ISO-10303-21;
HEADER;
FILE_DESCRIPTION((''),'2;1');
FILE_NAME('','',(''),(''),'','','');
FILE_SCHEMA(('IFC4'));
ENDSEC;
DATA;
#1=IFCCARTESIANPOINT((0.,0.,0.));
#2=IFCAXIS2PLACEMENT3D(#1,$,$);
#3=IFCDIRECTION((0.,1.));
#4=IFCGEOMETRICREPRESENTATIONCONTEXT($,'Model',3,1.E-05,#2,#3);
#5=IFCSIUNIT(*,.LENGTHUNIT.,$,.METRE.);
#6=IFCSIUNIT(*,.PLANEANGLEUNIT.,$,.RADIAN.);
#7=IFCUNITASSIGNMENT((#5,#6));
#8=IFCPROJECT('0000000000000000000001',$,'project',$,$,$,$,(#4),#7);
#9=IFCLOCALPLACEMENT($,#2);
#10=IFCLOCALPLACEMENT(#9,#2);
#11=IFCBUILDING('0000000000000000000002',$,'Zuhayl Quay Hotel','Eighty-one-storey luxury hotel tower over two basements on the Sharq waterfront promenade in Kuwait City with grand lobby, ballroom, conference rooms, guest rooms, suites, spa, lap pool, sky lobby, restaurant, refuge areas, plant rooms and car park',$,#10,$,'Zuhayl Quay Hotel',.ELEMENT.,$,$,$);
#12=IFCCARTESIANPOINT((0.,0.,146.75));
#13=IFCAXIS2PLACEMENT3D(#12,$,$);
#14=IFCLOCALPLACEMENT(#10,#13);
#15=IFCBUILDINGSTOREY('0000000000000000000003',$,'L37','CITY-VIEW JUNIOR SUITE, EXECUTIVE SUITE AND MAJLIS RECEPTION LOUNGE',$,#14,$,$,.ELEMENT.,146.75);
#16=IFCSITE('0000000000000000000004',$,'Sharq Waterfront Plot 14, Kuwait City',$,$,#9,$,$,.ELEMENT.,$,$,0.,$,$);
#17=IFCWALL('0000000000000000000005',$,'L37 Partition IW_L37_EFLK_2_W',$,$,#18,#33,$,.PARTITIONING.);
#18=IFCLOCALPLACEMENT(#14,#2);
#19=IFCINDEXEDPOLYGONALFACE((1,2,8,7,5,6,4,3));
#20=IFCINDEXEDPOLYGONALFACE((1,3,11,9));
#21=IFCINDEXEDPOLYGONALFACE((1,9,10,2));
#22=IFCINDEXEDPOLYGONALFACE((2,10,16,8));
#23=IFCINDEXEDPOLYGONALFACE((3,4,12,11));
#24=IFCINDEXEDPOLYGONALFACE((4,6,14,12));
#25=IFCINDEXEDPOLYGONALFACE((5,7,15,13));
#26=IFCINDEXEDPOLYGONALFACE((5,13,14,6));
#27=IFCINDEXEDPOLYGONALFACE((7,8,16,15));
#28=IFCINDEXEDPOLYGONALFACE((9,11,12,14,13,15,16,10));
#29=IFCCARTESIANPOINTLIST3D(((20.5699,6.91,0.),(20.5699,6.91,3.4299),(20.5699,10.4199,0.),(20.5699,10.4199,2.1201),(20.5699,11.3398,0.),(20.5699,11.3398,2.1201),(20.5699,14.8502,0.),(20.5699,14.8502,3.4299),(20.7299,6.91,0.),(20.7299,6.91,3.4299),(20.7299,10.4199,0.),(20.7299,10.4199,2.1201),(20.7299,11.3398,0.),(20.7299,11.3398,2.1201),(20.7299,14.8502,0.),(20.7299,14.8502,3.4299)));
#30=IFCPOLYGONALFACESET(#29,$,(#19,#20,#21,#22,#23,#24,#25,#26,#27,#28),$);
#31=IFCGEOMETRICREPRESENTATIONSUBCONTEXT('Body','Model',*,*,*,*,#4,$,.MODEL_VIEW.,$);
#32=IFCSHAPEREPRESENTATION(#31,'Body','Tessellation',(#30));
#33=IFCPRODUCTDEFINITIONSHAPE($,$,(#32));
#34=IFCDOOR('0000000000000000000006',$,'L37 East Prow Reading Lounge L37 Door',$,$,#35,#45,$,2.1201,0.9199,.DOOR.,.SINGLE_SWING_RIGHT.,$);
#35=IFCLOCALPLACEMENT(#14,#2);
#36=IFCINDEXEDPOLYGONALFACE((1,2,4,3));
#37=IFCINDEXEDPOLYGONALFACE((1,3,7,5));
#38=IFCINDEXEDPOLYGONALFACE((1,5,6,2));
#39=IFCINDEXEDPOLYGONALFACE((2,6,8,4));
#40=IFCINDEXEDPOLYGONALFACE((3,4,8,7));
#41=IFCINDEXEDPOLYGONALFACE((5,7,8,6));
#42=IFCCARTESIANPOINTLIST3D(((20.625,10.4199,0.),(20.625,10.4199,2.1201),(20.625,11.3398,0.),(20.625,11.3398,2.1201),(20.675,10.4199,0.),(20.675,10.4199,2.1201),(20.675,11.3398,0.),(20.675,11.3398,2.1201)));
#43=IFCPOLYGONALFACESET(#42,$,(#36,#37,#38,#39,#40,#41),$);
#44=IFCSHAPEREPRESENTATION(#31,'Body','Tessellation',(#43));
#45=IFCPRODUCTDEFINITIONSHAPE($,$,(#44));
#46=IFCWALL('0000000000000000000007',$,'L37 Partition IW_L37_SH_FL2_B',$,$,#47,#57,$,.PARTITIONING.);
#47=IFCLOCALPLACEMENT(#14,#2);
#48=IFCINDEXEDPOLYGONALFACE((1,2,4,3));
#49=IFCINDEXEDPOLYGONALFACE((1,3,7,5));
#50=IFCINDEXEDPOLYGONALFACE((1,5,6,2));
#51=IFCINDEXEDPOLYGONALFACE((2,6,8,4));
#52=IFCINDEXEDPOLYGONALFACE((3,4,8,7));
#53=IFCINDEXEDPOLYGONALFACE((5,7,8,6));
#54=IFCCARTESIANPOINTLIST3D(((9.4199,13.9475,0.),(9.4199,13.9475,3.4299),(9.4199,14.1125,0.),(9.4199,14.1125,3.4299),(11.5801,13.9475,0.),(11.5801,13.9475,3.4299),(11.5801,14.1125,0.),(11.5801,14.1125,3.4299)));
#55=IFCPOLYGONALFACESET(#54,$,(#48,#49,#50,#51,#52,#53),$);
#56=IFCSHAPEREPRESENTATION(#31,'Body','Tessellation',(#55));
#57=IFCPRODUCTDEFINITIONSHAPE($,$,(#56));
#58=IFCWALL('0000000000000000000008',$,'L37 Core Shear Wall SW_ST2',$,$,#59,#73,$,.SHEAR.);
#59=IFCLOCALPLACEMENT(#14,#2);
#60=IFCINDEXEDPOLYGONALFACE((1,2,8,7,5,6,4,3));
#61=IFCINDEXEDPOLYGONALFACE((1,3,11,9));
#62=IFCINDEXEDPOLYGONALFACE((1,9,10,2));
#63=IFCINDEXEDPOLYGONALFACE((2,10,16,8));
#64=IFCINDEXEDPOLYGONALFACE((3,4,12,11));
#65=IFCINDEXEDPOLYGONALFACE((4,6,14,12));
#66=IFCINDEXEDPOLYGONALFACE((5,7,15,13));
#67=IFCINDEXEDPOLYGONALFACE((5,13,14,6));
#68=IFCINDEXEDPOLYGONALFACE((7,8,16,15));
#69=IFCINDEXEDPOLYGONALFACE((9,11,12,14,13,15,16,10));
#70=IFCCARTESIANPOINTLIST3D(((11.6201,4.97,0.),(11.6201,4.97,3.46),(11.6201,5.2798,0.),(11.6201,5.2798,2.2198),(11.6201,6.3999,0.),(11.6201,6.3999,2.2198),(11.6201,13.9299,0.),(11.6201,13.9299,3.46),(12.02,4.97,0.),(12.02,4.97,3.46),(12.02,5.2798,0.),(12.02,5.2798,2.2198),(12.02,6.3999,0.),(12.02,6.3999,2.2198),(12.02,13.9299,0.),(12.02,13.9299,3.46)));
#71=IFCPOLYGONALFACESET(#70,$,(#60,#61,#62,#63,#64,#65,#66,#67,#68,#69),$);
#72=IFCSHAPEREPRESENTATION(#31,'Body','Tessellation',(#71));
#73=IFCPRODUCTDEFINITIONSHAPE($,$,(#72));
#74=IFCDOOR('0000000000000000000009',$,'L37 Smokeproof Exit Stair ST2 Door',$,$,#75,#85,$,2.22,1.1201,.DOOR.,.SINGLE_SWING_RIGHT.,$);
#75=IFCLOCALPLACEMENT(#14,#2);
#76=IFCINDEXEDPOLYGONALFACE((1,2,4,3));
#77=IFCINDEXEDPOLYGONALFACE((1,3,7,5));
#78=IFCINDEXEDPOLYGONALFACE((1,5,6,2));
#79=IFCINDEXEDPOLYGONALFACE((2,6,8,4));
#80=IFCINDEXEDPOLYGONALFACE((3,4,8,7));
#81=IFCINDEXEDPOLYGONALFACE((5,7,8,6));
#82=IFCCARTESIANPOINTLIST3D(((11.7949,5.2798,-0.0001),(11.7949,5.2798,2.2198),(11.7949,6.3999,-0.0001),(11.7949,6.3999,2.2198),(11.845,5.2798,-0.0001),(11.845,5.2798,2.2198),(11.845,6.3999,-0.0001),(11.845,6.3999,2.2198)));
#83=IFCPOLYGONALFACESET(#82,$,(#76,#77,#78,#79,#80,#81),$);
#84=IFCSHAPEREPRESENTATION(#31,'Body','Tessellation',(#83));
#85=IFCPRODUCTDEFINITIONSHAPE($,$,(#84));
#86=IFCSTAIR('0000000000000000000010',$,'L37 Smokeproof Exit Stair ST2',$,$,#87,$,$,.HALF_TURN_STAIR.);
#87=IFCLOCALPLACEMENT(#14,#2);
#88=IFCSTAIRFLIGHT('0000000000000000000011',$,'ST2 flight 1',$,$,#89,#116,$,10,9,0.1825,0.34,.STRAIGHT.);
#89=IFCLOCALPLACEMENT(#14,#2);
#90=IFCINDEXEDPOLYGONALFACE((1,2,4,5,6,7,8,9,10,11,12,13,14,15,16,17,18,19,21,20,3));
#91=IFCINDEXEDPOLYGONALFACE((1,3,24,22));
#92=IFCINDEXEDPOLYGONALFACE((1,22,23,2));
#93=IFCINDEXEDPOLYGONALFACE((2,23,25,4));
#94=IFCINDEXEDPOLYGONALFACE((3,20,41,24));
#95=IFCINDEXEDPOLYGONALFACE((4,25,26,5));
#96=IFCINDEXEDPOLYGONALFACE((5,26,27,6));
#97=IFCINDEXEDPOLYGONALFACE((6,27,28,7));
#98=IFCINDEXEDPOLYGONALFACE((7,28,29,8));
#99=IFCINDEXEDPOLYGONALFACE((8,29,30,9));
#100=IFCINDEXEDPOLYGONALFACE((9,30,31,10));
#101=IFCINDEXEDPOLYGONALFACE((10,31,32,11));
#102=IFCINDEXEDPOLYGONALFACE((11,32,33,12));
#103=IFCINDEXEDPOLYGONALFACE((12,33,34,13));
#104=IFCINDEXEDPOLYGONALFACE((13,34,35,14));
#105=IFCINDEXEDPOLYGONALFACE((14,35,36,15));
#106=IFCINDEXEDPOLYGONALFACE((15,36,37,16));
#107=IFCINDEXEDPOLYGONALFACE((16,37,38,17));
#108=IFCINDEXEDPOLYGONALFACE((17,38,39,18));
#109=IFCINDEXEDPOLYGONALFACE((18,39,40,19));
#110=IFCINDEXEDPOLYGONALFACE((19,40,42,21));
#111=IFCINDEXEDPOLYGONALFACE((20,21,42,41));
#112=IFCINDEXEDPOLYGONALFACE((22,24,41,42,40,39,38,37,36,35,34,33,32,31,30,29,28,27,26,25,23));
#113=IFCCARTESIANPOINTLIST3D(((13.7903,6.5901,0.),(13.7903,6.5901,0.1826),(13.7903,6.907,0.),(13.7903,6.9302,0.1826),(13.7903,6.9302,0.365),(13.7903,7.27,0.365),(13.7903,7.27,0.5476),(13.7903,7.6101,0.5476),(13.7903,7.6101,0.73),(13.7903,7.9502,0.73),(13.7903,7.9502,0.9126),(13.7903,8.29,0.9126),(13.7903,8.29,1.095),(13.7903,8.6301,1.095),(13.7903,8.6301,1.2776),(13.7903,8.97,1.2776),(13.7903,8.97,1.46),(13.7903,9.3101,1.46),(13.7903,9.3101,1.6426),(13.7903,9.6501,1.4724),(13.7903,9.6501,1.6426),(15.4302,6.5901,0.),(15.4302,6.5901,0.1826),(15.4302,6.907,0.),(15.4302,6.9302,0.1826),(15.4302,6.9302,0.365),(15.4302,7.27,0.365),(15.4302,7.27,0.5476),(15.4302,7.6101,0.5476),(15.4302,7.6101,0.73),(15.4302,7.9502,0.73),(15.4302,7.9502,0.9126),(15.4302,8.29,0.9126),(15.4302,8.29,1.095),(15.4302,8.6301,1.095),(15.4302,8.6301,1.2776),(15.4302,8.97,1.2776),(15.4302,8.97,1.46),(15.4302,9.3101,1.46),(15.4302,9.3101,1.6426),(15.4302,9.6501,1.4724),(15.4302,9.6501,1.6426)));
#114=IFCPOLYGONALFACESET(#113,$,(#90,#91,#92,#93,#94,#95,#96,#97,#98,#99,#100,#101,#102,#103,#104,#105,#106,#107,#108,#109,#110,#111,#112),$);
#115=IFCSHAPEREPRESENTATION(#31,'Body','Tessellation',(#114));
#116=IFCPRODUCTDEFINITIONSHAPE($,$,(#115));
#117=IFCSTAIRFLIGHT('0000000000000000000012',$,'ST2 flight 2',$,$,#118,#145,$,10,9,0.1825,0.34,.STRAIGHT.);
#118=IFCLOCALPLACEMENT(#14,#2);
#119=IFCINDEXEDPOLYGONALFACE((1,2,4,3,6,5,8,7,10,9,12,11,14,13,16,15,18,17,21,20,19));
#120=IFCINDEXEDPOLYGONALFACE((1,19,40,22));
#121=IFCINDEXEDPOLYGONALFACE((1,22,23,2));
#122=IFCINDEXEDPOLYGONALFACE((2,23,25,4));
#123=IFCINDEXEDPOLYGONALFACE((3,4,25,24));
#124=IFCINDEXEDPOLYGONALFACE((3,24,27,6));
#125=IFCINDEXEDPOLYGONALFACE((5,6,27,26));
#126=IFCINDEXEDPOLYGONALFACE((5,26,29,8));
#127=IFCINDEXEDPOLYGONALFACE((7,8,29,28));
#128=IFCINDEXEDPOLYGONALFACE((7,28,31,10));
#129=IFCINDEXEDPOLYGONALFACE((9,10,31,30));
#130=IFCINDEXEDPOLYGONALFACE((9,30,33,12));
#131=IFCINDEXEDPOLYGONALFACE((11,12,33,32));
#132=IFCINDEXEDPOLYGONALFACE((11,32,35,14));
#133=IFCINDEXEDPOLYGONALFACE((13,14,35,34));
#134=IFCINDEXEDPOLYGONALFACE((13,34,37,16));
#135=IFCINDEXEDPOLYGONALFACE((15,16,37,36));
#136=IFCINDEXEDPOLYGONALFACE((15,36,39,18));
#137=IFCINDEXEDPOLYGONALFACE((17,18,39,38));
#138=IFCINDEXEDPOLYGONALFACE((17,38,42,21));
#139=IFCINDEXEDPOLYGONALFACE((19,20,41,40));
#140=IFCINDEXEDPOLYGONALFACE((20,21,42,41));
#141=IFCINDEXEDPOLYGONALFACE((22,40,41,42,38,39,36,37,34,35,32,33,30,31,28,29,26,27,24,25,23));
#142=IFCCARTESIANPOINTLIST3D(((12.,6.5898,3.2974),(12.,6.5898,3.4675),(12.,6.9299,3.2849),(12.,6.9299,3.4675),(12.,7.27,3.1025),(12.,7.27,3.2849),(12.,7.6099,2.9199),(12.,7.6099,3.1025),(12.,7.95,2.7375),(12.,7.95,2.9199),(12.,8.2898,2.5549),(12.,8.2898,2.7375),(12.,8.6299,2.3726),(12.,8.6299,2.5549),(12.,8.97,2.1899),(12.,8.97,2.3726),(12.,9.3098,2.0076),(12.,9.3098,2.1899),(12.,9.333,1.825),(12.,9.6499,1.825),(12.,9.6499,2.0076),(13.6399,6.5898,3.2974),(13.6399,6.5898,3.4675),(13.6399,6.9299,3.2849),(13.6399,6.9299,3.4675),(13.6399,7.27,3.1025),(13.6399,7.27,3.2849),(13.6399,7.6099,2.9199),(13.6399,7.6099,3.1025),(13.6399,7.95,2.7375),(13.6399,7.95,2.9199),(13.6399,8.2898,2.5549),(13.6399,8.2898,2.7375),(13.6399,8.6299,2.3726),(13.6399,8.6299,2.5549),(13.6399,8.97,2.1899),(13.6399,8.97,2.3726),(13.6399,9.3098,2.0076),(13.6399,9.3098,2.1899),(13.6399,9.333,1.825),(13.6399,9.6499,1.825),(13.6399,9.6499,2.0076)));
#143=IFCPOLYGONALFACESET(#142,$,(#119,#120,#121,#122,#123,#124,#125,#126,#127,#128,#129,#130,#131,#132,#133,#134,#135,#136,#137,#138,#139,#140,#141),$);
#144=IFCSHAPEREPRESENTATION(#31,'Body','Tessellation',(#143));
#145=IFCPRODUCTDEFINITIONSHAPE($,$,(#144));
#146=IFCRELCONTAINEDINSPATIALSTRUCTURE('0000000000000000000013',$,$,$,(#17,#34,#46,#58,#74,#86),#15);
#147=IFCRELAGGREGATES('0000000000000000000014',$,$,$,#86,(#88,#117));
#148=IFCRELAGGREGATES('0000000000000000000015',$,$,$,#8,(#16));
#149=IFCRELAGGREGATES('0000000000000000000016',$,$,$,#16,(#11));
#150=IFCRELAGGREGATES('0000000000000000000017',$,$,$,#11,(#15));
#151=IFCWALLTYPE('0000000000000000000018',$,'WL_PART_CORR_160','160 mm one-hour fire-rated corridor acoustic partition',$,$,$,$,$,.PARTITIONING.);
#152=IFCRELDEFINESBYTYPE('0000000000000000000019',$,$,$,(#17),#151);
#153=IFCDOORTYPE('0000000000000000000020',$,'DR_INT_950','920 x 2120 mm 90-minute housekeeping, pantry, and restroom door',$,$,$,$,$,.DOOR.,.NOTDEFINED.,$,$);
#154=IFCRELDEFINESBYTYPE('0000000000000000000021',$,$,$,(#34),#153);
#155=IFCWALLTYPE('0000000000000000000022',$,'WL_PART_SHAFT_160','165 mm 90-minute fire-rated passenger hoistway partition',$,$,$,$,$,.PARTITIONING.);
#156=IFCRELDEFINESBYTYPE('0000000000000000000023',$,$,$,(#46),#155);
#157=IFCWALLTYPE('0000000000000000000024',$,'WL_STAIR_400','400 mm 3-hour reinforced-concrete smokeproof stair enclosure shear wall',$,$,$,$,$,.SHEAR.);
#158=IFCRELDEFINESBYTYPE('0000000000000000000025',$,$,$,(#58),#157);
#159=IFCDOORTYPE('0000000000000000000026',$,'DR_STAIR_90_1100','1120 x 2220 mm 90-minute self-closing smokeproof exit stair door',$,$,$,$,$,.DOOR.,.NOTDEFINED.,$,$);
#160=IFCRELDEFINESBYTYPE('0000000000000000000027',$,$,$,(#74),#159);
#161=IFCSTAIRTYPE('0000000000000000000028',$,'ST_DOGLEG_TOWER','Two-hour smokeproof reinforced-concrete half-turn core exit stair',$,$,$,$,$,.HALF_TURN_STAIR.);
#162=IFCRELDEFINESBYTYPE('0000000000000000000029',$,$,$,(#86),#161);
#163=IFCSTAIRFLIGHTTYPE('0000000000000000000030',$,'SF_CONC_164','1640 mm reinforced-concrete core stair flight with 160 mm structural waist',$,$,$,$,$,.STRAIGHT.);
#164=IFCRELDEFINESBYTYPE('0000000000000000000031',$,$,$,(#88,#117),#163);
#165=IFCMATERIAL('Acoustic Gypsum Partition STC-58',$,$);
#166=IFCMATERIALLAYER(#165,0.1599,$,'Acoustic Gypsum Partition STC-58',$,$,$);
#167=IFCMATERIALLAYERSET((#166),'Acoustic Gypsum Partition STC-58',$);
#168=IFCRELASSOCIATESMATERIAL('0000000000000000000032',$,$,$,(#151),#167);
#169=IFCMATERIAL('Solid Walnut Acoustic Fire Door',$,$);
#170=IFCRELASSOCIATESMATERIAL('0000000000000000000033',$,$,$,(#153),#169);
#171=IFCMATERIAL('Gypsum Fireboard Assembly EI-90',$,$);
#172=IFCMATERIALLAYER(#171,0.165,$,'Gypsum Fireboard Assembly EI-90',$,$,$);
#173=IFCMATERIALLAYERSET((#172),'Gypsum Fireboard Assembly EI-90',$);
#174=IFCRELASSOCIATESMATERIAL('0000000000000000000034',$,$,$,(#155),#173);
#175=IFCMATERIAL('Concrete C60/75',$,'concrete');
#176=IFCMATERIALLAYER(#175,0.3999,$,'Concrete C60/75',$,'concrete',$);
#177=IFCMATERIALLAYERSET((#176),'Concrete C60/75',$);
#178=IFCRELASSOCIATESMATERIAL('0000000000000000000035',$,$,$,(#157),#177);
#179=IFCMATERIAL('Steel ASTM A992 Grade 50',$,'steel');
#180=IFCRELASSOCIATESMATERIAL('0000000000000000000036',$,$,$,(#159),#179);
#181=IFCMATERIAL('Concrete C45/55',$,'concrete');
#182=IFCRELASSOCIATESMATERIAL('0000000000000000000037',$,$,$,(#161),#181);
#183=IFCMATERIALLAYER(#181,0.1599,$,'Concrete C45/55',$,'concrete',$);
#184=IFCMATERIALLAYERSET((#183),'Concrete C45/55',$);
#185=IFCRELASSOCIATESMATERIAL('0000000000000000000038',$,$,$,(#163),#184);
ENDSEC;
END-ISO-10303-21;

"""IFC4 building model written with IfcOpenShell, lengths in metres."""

from ifc_helpers import new_model, si_unit, direction, frame, frame_2d, origin, place, context, subcontext, project, spatial, polyline, rectangle, outline, extrude, material, layer, layer_set, type_object, element, fill, aggregate, save


model = new_model("IFC4")

# Units and contexts
model_context = context("Model", 3, precision=1e-05, world=origin(), true_north=direction((0.0, 1.0)))
body_context = subcontext(model_context, "Body", "Model", "MODEL_VIEW")
ifc_project = project(units=[si_unit("LENGTHUNIT", "METRE"), si_unit("PLANEANGLEUNIT", "RADIAN")], contexts=[model_context])

# Site, building, storey
site_placement = place(None, origin())
site = spatial("IfcSite", under=ifc_project, at=site_placement, Name="Sharq Waterfront Plot 14, Kuwait City", CompositionType="ELEMENT", RefElevation=0.0)
building_placement = place(site_placement, origin())
building = spatial("IfcBuilding", under=site, at=building_placement, Name="Zuhayl Quay Hotel", Description="Eighty-one-storey luxury hotel tower over two basements on the Sharq waterfront promenade in Kuwait City with grand lobby, ballroom, conference rooms, guest rooms, suites, spa, lap pool, sky lobby, restaurant, refuge areas, plant rooms and car park", LongName="Zuhayl Quay Hotel", CompositionType="ELEMENT")
storey_placement = place(building_placement, frame((0.0, 0.0, 146.75)))
storey = spatial("IfcBuildingStorey", under=building, at=storey_placement, Name="L37", Description="CITY-VIEW JUNIOR SUITE, EXECUTIVE SUITE AND MAJLIS RECEPTION LOUNGE", CompositionType="ELEMENT", Elevation=146.75)

# Shared definitions
ifc_material_1 = material(Name="Steel ASTM A992 Grade 50", Category="steel")

# Shared definitions
ifc_material_2 = material(Name="Concrete C60/75", Category="concrete")

# Shared definitions
ifc_material_3 = material(Name="Acoustic Gypsum Partition STC-58")

# Wall, opening, door
ifc_layer_1 = layer(ifc_material_3, 0.1599, Name="Acoustic Gypsum Partition STC-58")
ifc_layer_set_1 = layer_set([ifc_layer_1], Name="Acoustic Gypsum Partition STC-58")
wall_type_1 = type_object("IfcWallType", Name="WL_PART_CORR_160", Description="160 mm one-hour fire-rated corridor acoustic partition", PredefinedType="PARTITIONING", material=ifc_layer_set_1)
wall_1_placement = place(storey_placement, frame((20.6499, 6.9099, 0.0), z_axis=(0.0, 0.0, 1.0), x_axis=(0.0, 1.0, 0.0)))
wall_1 = element("IfcWall", 1, at=wall_1_placement, inside=storey, type_object=wall_type_1, Name="L37 Partition IW_L37_EFLK_2_W", PredefinedType="PARTITIONING", context=body_context, shape_type="SweptSolid", body=[
    extrude(rectangle(XDim=7.9402, YDim=0.1599, at=frame_2d((3.9702, 0.0))), origin(), (0.0, 0.0, 1.0), 3.4299),
])
opening_1_placement = place(wall_1_placement, frame((3.51, 0.0, 0.0)))
opening_1 = element("IfcOpeningElement", 2, at=opening_1_placement, cuts=wall_1, PredefinedType="OPENING", context=body_context, shape_type="SweptSolid", body=[
    extrude(rectangle(XDim=0.9199, YDim=2.1201, at=frame_2d((0.46, 1.0601))), frame((0.0, 0.0898, 0.0), z_axis=(0.0, -1.0, 0.0), x_axis=(1.0, 0.0, 0.0)), (0.0, 0.0, 1.0), 0.1799),
])
ifc_material_4 = material(Name="Solid Walnut Acoustic Fire Door")
door_type_1 = type_object("IfcDoorType", Name="DR_INT_950", Description="920 x 2120 mm 90-minute housekeeping, pantry, and restroom door", OperationType="NOTDEFINED", PredefinedType="DOOR", material=ifc_material_4)
door_1_placement = place(opening_1_placement, origin())
door_1 = element("IfcDoor", 3, at=door_1_placement, inside=storey, type_object=door_type_1, Name="L37 East Prow Reading Lounge L37 Door", OperationType="SINGLE_SWING_RIGHT", OverallHeight=2.1201, OverallWidth=0.9199, PredefinedType="DOOR", context=body_context, shape_type="SweptSolid", body=[
    extrude(rectangle(XDim=0.9199, YDim=2.1201, at=frame_2d((0.46, 1.0601))), frame((0.0, 0.0249, 0.0), z_axis=(0.0, -1.0, 0.0), x_axis=(1.0, 0.0, 0.0)), (0.0, 0.0, 1.0), 0.05),
])
fill(opening_1, door_1)

# Wall
ifc_material_5 = material(Name="Gypsum Fireboard Assembly EI-90")
ifc_layer_2 = layer(ifc_material_5, 0.165, Name="Gypsum Fireboard Assembly EI-90")
ifc_layer_set_2 = layer_set([ifc_layer_2], Name="Gypsum Fireboard Assembly EI-90")
wall_type_2 = type_object("IfcWallType", Name="WL_PART_SHAFT_160", Description="165 mm 90-minute fire-rated passenger hoistway partition", PredefinedType="PARTITIONING", material=ifc_layer_set_2)
wall_2_placement = place(storey_placement, frame((9.4199, 14.03, 0.0), z_axis=(0.0, 0.0, 1.0), x_axis=(1.0, 0.0, 0.0)))
element("IfcWall", 4, at=wall_2_placement, inside=storey, type_object=wall_type_2, Name="L37 Partition IW_L37_SH_FL2_B", PredefinedType="PARTITIONING", context=body_context, shape_type="SweptSolid", body=[
    extrude(rectangle(XDim=2.1602, YDim=0.165, at=frame_2d((1.0801, 0.0))), origin(), (0.0, 0.0, 1.0), 3.4299),
])

# Wall, opening, door
ifc_layer_3 = layer(ifc_material_2, 0.3999, Name="Concrete C60/75", Category="concrete")
ifc_layer_set_3 = layer_set([ifc_layer_3], Name="Concrete C60/75")
wall_type_3 = type_object("IfcWallType", Name="WL_STAIR_400", Description="400 mm 3-hour reinforced-concrete smokeproof stair enclosure shear wall", PredefinedType="SHEAR", material=ifc_layer_set_3)
wall_3_placement = place(storey_placement, frame((11.8201, 13.9299, 0.0), z_axis=(0.0, 0.0, 1.0), x_axis=(0.0, -1.0, 0.0)))
wall_3 = element("IfcWall", 5, at=wall_3_placement, inside=storey, type_object=wall_type_3, Name="L37 Core Shear Wall SW_ST2", PredefinedType="SHEAR", context=body_context, shape_type="SweptSolid", body=[
    extrude(rectangle(XDim=8.96, YDim=0.3999, at=frame_2d((4.48, 0.0))), origin(), (0.0, 0.0, 1.0), 3.46),
])
opening_2_placement = place(wall_3_placement, frame((7.53, 0.0, 0.0)))
opening_2 = element("IfcOpeningElement", 6, at=opening_2_placement, cuts=wall_3, PredefinedType="OPENING", context=body_context, shape_type="SweptSolid", body=[
    extrude(rectangle(XDim=1.1201, YDim=2.22, at=frame_2d((0.5601, 1.1099))), frame((0.0, 0.21, 0.0), z_axis=(0.0, -1.0, 0.0), x_axis=(1.0, 0.0, 0.0)), (0.0, 0.0, 1.0), 0.4199),
])
door_type_2 = type_object("IfcDoorType", Name="DR_STAIR_90_1100", Description="1120 x 2220 mm 90-minute self-closing smokeproof exit stair door", OperationType="NOTDEFINED", PredefinedType="DOOR", material=ifc_material_1)
door_2_placement = place(opening_2_placement, origin())
door_2 = element("IfcDoor", 7, at=door_2_placement, inside=storey, type_object=door_type_2, Name="L37 Smokeproof Exit Stair ST2 Door", OperationType="SINGLE_SWING_RIGHT", OverallHeight=2.22, OverallWidth=1.1201, PredefinedType="DOOR", context=body_context, shape_type="SweptSolid", body=[
    extrude(rectangle(XDim=1.1201, YDim=2.22, at=frame_2d((0.5601, 1.1099))), frame((0.0, 0.0249, 0.0), z_axis=(0.0, -1.0, 0.0), x_axis=(1.0, 0.0, 0.0)), (0.0, 0.0, 1.0), 0.05),
])
fill(opening_2, door_2)

# Stair, stair flights
ifc_material_6 = material(Name="Concrete C45/55", Category="concrete")
stair_type = type_object("IfcStairType", Name="ST_DOGLEG_TOWER", Description="Two-hour smokeproof reinforced-concrete half-turn core exit stair", PredefinedType="HALF_TURN_STAIR", material=ifc_material_6)
stair_placement = place(storey_placement, origin())
stair = element("IfcStair", 8, at=stair_placement, inside=storey, type_object=stair_type, Name="L37 Smokeproof Exit Stair ST2", PredefinedType="HALF_TURN_STAIR")
ifc_layer_4 = layer(ifc_material_6, 0.1599, Name="Concrete C45/55", Category="concrete")
ifc_layer_set_4 = layer_set([ifc_layer_4], Name="Concrete C45/55")
stair_flight_type = type_object("IfcStairFlightType", Name="SF_CONC_164", Description="1640 mm reinforced-concrete core stair flight with 160 mm structural waist", PredefinedType="STRAIGHT", material=ifc_layer_set_4)
stair_flight_1_placement = place(storey_placement, frame((14.6101, 6.5901, 0.0), z_axis=(0.0, 0.0, 1.0), x_axis=(0.0, 1.0, 0.0)))
stair_flight_1 = element("IfcStairFlight", 9, at=stair_flight_1_placement, type_object=stair_flight_type, Name="ST2 flight 1", NumberOfRisers=10, NumberOfTreads=9, PredefinedType="STRAIGHT", RiserHeight=0.1825, TreadLength=0.34, context=body_context, shape_type="SweptSolid", body=[
    extrude(outline(polyline([(0.0, 0.0), (0.0, 0.1826), (0.3401, 0.1826), (0.3401, 0.365), (0.6799, 0.365), (0.6799, 0.5476), (1.02, 0.5476), (1.02, 0.73), (1.3601, 0.73), (1.3601, 0.9126), (1.7, 0.9126), (1.7, 1.095), (2.04, 1.095), (2.04, 1.2776), (2.3799, 1.2776), (2.3799, 1.46), (2.72, 1.46), (2.72, 1.6426), (3.0601, 1.6426), (3.0601, 1.825), (3.0601, 1.4724), (0.3169, 0.0), (0.0, 0.0)])), frame((0.0, 0.8198, 0.0), z_axis=(0.0, -1.0, 0.0), x_axis=(1.0, 0.0, 0.0)), (0.0, 0.0, 1.0), 1.6399),
])
stair_flight_2_placement = place(storey_placement, frame((12.8201, 9.6499, 1.825), z_axis=(0.0, 0.0, 1.0), x_axis=(0.0, -1.0, 0.0)))
stair_flight_2 = element("IfcStairFlight", 10, at=stair_flight_2_placement, type_object=stair_flight_type, Name="ST2 flight 2", NumberOfRisers=10, NumberOfTreads=9, PredefinedType="STRAIGHT", RiserHeight=0.1825, TreadLength=0.34, context=body_context, shape_type="SweptSolid", body=[
    extrude(outline(polyline([(0.0, 0.0), (0.0, 0.1826), (0.3401, 0.1826), (0.3401, 0.365), (0.6799, 0.365), (0.6799, 0.5476), (1.02, 0.5476), (1.02, 0.73), (1.3601, 0.73), (1.3601, 0.9126), (1.7, 0.9126), (1.7, 1.095), (2.04, 1.095), (2.04, 1.2776), (2.3799, 1.2776), (2.3799, 1.46), (2.72, 1.46), (2.72, 1.6426), (3.0601, 1.6426), (3.0601, 1.825), (3.0601, 1.4724), (0.3169, 0.0), (0.0, 0.0)])), frame((0.0, 0.8198, 0.0), z_axis=(0.0, -1.0, 0.0), x_axis=(1.0, 0.0, 0.0)), (0.0, 0.0, 1.0), 1.6399),
])
aggregate(stair, [stair_flight_1, stair_flight_2])

save(model, "model.ifc")
